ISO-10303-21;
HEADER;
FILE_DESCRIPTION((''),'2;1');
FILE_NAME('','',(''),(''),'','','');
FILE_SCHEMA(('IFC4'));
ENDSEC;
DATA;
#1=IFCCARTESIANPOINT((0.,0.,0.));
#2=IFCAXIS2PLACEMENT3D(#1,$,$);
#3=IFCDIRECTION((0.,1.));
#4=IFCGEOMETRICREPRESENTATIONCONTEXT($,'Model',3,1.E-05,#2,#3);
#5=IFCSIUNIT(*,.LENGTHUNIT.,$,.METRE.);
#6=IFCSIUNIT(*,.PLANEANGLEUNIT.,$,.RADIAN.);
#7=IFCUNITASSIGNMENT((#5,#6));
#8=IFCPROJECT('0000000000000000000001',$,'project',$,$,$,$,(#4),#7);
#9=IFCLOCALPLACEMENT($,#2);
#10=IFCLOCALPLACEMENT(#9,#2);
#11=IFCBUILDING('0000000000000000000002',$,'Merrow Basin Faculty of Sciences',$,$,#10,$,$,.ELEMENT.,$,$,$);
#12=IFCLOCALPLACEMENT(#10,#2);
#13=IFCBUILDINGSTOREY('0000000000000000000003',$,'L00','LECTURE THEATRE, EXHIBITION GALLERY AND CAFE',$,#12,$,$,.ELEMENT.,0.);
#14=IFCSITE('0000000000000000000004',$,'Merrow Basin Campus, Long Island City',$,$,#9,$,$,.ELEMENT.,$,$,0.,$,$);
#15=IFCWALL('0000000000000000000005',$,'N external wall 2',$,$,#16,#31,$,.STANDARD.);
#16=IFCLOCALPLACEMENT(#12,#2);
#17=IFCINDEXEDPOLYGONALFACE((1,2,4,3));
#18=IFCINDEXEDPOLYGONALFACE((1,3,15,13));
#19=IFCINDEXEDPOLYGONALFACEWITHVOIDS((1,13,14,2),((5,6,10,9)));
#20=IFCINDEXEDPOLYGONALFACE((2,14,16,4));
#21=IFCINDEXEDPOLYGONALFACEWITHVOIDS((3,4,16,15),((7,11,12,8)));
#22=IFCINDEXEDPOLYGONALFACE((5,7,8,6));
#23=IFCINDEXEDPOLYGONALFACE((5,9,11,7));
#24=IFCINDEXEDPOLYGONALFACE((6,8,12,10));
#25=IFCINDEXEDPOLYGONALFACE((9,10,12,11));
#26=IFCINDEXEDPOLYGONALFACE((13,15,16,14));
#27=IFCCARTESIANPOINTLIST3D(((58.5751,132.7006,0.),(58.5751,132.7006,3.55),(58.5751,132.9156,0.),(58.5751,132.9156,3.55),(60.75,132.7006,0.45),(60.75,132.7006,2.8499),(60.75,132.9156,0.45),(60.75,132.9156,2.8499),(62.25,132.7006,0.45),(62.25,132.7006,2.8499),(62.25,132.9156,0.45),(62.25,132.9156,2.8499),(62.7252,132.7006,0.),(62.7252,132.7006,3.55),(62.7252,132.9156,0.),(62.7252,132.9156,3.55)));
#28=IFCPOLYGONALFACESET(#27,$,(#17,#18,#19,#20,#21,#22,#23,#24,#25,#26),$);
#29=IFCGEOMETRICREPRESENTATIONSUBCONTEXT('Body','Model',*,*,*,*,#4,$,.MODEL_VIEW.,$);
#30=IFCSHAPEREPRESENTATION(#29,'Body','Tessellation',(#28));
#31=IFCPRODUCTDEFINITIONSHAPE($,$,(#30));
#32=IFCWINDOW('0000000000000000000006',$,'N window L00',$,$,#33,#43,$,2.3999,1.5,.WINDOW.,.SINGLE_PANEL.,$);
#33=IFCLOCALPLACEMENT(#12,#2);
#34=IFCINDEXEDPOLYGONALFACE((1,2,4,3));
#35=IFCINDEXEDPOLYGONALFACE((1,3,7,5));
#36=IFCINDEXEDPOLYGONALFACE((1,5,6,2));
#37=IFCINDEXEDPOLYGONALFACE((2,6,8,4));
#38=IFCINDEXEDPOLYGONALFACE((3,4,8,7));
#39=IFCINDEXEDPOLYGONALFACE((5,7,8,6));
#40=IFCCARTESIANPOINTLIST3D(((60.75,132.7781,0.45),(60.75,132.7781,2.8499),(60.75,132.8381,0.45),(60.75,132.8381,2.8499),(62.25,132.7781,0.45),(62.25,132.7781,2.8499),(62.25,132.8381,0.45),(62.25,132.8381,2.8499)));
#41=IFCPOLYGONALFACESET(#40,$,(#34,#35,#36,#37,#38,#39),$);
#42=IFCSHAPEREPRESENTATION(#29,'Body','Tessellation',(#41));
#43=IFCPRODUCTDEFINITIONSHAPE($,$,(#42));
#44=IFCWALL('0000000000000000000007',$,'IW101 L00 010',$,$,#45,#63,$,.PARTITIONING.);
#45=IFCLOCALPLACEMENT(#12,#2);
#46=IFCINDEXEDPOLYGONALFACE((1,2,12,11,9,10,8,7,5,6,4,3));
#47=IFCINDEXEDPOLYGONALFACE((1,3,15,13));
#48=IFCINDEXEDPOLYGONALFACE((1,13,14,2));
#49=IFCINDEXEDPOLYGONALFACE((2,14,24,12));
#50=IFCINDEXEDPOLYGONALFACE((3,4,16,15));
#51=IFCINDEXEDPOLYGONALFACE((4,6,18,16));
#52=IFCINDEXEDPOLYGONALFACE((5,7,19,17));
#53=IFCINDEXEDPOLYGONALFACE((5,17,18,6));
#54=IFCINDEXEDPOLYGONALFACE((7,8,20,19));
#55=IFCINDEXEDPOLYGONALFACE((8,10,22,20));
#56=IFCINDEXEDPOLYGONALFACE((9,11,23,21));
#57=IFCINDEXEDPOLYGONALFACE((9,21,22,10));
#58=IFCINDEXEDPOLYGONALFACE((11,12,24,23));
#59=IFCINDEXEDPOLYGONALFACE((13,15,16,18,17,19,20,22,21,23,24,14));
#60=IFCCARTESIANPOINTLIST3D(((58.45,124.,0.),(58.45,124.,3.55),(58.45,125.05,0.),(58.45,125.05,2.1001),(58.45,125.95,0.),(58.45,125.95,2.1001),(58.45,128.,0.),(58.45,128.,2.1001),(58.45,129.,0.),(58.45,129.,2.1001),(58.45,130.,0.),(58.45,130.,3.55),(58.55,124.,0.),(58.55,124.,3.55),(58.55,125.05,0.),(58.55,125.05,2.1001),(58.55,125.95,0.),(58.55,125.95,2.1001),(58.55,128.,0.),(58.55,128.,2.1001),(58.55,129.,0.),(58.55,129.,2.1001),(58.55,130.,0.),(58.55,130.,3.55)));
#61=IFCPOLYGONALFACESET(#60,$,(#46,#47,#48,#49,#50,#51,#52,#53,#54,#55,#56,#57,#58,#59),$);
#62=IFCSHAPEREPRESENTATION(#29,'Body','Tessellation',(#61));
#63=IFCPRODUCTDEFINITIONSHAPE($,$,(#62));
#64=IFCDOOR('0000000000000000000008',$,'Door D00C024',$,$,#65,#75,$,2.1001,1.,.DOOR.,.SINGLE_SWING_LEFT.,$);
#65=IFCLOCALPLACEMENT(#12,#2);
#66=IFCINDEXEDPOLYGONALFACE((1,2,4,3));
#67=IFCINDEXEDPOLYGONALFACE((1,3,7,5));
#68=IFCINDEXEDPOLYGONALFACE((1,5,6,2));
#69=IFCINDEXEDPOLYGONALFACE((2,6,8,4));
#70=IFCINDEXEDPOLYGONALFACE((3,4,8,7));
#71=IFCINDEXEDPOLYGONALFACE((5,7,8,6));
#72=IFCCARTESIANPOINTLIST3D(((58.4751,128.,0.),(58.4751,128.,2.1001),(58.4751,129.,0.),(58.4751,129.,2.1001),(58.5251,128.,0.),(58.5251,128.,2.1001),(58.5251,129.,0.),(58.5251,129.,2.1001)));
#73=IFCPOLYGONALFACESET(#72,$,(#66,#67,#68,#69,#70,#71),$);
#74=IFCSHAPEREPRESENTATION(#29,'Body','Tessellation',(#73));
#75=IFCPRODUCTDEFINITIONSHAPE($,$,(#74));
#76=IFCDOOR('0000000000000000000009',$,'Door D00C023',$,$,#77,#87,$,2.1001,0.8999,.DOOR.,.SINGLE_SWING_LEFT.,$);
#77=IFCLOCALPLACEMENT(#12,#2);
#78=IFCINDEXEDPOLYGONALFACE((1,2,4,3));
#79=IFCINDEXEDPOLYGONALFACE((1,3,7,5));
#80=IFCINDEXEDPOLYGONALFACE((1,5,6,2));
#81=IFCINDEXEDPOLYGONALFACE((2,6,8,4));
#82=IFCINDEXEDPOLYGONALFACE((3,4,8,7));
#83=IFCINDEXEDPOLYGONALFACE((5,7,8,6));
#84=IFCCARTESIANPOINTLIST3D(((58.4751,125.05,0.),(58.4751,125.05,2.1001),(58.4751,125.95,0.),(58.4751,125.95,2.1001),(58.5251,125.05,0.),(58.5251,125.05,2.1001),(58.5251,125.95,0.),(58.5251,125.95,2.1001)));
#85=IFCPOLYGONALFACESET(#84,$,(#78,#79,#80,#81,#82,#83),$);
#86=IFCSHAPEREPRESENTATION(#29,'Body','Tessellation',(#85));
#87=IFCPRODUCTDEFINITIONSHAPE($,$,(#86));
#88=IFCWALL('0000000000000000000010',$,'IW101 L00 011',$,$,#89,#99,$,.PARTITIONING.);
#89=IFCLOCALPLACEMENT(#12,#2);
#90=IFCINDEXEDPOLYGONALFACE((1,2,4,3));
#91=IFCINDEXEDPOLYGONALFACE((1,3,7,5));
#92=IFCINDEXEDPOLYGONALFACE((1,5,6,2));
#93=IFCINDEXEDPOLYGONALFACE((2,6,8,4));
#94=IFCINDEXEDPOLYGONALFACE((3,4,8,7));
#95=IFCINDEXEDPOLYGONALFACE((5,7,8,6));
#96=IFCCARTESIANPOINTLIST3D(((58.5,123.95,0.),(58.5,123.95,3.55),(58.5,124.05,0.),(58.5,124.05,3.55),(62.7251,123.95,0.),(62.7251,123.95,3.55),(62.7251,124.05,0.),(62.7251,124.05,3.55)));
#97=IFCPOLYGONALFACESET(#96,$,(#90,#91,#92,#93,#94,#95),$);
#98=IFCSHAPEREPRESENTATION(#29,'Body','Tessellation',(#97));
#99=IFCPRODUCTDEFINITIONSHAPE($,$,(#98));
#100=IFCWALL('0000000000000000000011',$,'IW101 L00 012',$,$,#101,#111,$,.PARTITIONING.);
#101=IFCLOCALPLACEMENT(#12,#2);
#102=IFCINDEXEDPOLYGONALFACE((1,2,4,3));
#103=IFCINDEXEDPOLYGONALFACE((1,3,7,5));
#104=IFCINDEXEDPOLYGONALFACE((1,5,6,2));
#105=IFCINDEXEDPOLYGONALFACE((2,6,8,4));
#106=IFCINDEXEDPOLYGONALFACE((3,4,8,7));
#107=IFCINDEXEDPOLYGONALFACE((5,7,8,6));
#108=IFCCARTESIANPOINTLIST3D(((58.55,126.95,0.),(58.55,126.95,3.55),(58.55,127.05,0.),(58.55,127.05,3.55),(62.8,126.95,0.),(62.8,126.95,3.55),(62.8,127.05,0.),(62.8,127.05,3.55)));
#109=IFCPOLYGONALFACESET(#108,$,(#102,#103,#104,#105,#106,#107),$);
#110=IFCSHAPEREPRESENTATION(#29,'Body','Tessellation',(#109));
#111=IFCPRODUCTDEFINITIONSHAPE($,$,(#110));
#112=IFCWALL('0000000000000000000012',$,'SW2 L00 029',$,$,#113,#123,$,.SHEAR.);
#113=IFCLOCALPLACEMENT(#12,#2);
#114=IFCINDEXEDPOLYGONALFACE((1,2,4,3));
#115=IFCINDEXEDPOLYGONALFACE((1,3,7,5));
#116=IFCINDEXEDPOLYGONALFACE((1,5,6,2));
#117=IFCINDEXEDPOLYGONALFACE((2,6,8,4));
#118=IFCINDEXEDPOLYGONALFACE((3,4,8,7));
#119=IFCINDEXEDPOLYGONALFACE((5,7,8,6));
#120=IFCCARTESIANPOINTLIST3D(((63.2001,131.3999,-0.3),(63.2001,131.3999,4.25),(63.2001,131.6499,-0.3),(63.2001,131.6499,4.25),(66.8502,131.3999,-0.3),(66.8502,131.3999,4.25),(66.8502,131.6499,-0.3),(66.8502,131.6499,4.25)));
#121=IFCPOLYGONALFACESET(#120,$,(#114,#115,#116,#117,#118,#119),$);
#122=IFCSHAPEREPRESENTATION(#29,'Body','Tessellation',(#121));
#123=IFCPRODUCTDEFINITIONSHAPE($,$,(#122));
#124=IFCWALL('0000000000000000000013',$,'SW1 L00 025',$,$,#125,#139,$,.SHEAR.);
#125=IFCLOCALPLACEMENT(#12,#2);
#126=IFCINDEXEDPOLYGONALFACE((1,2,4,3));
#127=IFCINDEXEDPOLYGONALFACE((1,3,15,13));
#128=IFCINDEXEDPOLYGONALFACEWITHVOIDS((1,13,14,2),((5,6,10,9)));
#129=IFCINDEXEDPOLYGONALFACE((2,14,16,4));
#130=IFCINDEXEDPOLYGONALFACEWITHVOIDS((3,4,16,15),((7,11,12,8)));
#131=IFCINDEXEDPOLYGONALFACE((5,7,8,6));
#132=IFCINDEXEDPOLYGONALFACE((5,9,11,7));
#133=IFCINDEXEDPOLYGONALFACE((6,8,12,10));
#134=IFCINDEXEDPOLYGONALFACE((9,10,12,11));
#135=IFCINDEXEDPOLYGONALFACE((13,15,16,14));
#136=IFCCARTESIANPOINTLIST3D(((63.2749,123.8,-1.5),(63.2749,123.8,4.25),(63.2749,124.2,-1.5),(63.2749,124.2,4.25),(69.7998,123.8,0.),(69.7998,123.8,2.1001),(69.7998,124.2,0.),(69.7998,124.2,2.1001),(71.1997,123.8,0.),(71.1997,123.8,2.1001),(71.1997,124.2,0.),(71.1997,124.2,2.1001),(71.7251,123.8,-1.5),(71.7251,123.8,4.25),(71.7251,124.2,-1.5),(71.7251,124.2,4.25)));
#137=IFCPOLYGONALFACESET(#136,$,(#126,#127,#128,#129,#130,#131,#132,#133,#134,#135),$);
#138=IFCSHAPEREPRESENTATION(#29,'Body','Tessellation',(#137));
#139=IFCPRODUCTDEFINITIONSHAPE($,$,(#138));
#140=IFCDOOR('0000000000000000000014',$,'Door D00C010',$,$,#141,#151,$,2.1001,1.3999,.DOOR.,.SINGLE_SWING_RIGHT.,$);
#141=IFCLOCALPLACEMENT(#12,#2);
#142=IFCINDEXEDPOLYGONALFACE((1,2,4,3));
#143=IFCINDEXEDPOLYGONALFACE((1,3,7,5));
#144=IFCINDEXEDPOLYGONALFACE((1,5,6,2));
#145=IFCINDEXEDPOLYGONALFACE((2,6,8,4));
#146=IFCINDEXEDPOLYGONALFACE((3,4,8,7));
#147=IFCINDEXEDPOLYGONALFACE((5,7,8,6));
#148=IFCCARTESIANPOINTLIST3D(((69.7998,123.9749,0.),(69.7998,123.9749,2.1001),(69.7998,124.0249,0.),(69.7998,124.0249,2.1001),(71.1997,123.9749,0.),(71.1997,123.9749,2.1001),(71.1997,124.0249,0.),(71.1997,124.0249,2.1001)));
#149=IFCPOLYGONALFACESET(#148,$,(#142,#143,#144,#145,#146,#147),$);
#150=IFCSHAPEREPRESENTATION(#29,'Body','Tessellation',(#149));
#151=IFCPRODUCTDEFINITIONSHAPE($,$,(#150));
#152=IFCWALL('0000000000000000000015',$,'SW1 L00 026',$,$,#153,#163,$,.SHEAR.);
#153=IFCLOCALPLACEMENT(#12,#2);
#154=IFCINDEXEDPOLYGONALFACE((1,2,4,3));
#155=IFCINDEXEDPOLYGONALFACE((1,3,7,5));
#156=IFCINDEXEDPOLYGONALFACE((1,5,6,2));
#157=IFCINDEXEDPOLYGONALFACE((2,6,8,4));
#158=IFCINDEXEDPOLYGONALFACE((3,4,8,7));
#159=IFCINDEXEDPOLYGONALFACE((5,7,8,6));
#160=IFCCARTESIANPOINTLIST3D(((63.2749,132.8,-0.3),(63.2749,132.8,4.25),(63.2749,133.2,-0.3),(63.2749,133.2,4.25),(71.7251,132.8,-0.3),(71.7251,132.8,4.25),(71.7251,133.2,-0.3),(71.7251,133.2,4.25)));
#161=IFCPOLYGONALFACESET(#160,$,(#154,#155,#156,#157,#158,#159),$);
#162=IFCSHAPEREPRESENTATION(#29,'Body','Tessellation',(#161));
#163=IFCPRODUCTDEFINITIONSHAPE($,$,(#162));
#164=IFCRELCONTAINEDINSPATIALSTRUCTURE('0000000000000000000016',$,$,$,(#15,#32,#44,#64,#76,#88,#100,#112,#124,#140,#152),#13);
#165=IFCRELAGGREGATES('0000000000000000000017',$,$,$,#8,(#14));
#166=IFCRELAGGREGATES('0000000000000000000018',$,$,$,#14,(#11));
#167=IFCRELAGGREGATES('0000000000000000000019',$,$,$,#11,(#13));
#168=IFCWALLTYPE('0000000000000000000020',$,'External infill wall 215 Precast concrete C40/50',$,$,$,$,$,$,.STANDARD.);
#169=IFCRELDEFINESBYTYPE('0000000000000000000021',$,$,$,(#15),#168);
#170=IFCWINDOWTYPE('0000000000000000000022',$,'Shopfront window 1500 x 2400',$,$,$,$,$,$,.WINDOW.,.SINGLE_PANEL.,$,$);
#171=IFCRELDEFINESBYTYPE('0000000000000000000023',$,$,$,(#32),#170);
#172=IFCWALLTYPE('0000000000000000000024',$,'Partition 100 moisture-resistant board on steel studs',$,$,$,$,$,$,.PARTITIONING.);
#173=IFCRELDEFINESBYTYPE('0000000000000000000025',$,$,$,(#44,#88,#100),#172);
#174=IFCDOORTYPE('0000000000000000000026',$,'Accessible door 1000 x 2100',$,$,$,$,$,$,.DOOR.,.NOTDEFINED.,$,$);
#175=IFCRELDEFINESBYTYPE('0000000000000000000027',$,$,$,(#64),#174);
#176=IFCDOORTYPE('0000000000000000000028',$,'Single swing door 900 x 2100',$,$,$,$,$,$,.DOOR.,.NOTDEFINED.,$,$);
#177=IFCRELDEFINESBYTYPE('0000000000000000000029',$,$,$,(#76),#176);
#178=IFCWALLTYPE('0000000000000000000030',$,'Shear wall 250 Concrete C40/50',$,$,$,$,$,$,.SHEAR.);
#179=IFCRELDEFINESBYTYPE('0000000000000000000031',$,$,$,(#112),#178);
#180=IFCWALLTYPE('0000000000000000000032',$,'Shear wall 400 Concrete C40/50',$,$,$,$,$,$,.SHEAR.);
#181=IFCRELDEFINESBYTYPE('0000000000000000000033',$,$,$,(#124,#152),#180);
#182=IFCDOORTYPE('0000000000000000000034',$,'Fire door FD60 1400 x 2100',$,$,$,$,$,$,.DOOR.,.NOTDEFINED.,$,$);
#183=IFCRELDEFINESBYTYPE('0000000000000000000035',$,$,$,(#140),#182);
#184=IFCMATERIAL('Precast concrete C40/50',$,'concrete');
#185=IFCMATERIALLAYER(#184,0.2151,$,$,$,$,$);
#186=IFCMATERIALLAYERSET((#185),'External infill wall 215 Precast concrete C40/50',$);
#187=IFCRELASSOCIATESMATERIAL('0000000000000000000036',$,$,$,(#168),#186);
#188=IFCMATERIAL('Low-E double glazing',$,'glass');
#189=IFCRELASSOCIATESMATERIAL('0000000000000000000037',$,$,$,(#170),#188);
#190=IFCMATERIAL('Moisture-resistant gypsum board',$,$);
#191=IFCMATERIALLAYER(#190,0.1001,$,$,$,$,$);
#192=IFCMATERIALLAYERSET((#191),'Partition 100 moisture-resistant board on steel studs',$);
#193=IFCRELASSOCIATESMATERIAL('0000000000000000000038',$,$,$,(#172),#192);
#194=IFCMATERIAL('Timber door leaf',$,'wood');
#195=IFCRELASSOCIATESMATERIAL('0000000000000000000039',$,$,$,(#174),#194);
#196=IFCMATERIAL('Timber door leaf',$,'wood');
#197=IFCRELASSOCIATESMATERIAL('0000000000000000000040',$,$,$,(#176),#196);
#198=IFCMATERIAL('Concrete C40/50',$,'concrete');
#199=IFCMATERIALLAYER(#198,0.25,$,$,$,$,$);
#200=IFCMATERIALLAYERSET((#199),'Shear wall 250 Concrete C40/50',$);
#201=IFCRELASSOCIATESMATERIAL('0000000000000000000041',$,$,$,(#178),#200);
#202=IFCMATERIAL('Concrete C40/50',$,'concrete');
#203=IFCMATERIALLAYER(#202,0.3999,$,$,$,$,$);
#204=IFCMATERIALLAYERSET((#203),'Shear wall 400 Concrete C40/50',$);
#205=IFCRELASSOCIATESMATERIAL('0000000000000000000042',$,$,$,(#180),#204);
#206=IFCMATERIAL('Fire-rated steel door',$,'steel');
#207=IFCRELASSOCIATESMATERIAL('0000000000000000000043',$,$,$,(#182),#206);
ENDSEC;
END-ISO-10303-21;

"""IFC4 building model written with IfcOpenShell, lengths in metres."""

from ifc_helpers import new_model, si_unit, direction, frame, frame_2d, origin, place, context, subcontext, project, spatial, rectangle, extrude, material, layer, layer_set, type_object, element, fill, save


model = new_model("IFC4")

# Units and contexts
model_context = context("Model", 3, precision=1e-05, world=origin(), true_north=direction((0.0, 1.0)))
body_context = subcontext(model_context, "Body", "Model", "MODEL_VIEW")
ifc_project = project(units=[si_unit("LENGTHUNIT", "METRE"), si_unit("PLANEANGLEUNIT", "RADIAN")], contexts=[model_context])

# Site, building, storey
site_placement = place(None, origin())
site = spatial("IfcSite", under=ifc_project, at=site_placement, Name="Merrow Basin Campus, Long Island City", CompositionType="ELEMENT", RefElevation=0.0)
building_placement = place(site_placement, origin())
building = spatial("IfcBuilding", under=site, at=building_placement, Name="Merrow Basin Faculty of Sciences", CompositionType="ELEMENT")
storey_placement = place(building_placement, origin())
storey = spatial("IfcBuildingStorey", under=building, at=storey_placement, Name="L00", Description="LECTURE THEATRE, EXHIBITION GALLERY AND CAFE", CompositionType="ELEMENT", Elevation=0.0)

# Wall, opening, window
ifc_material_1 = material(Name="Precast concrete C40/50", Category="concrete")
ifc_layer_1 = layer(ifc_material_1, 0.2151)
ifc_layer_set_1 = layer_set([ifc_layer_1], Name="External infill wall 215 Precast concrete C40/50")
wall_type_1 = type_object("IfcWallType", Name="External infill wall 215 Precast concrete C40/50", PredefinedType="STANDARD", material=ifc_layer_set_1)
wall_1_placement = place(storey_placement, frame((58.575, 132.8081, 0.0), z_axis=(0.0, 0.0, 1.0), x_axis=(1.0, 0.0, 0.0)))
wall_1 = element("IfcWall", 1, at=wall_1_placement, inside=storey, type_object=wall_type_1, Name="N external wall 2", PredefinedType="STANDARD", context=body_context, shape_type="SweptSolid", body=[
    extrude(rectangle(XDim=4.1501, YDim=0.2151, at=frame_2d((2.0752, 0.0))), origin(), (0.0, 0.0, 1.0), 3.55),
])
opening_1_placement = place(wall_1_placement, frame((2.175, 0.0, 0.45)))
opening_1 = element("IfcOpeningElement", 2, at=opening_1_placement, cuts=wall_1, PredefinedType="OPENING", context=body_context, shape_type="SweptSolid", body=[
    extrude(rectangle(XDim=1.5, YDim=2.3999, at=frame_2d((0.75, 1.2))), frame((0.0, 0.1174, 0.0), z_axis=(0.0, -1.0, 0.0), x_axis=(1.0, 0.0, 0.0)), (0.0, 0.0, 1.0), 0.2351),
])
ifc_material_2 = material(Name="Low-E double glazing", Category="glass")
window_type = type_object("IfcWindowType", Name="Shopfront window 1500 x 2400", PartitioningType="SINGLE_PANEL", PredefinedType="WINDOW", material=ifc_material_2)
window_placement = place(opening_1_placement, origin())
window = element("IfcWindow", 3, at=window_placement, inside=storey, type_object=window_type, Name="N window L00", OverallHeight=2.3999, OverallWidth=1.5, PartitioningType="SINGLE_PANEL", PredefinedType="WINDOW", context=body_context, shape_type="SweptSolid", body=[
    extrude(rectangle(XDim=1.5, YDim=2.3999, at=frame_2d((0.75, 1.2))), frame((0.0, 0.03, 0.0), z_axis=(0.0, -1.0, 0.0), x_axis=(1.0, 0.0, 0.0)), (0.0, 0.0, 1.0), 0.0601),
])
fill(opening_1, window)

# Wall, openings, doors
ifc_material_3 = material(Name="Moisture-resistant gypsum board")
ifc_layer_2 = layer(ifc_material_3, 0.1001)
ifc_layer_set_2 = layer_set([ifc_layer_2], Name="Partition 100 moisture-resistant board on steel studs")
wall_type_2 = type_object("IfcWallType", Name="Partition 100 moisture-resistant board on steel studs", PredefinedType="PARTITIONING", material=ifc_layer_set_2)
wall_2_placement = place(storey_placement, frame((58.5, 124.0, 0.0), z_axis=(0.0, 0.0, 1.0), x_axis=(0.0, 1.0, 0.0)))
wall_2 = element("IfcWall", 4, at=wall_2_placement, inside=storey, type_object=wall_type_2, Name="IW101 L00 010", PredefinedType="PARTITIONING", context=body_context, shape_type="SweptSolid", body=[
    extrude(rectangle(XDim=6.0, YDim=0.1001, at=frame_2d((3.0, 0.0))), origin(), (0.0, 0.0, 1.0), 3.55),
])
opening_2_placement = place(wall_2_placement, frame((1.05, 0.0, 0.0)))
opening_2 = element("IfcOpeningElement", 5, at=opening_2_placement, cuts=wall_2, PredefinedType="OPENING", context=body_context, shape_type="SweptSolid", body=[
    extrude(rectangle(XDim=0.8999, YDim=2.1001, at=frame_2d((0.45, 1.05))), frame((0.0, 0.0601, 0.0), z_axis=(0.0, -1.0, 0.0), x_axis=(1.0, 0.0, 0.0)), (0.0, 0.0, 1.0), 0.1201),
])
opening_3_placement = place(wall_2_placement, frame((4.0, 0.0, 0.0)))
opening_3 = element("IfcOpeningElement", 6, at=opening_3_placement, cuts=wall_2, PredefinedType="OPENING", context=body_context, shape_type="SweptSolid", body=[
    extrude(rectangle(XDim=1.0, YDim=2.1001, at=frame_2d((0.5, 1.05))), frame((0.0, 0.0601, 0.0), z_axis=(0.0, -1.0, 0.0), x_axis=(1.0, 0.0, 0.0)), (0.0, 0.0, 1.0), 0.1201),
])
ifc_material_4 = material(Name="Timber door leaf", Category="wood")
door_type_1 = type_object("IfcDoorType", Name="Accessible door 1000 x 2100", OperationType="NOTDEFINED", PredefinedType="DOOR", material=ifc_material_4)
door_1_placement = place(opening_3_placement, origin())
door_1 = element("IfcDoor", 7, at=door_1_placement, inside=storey, type_object=door_type_1, Name="Door D00C024", OperationType="SINGLE_SWING_LEFT", OverallHeight=2.1001, OverallWidth=1.0, PredefinedType="DOOR", context=body_context, shape_type="SweptSolid", body=[
    extrude(rectangle(XDim=1.0, YDim=2.1001, at=frame_2d((0.5, 1.05))), frame((0.0, 0.0249, 0.0), z_axis=(0.0, -1.0, 0.0), x_axis=(1.0, 0.0, 0.0)), (0.0, 0.0, 1.0), 0.05),
])
fill(opening_3, door_1)
ifc_material_5 = material(Name="Timber door leaf", Category="wood")
door_type_2 = type_object("IfcDoorType", Name="Single swing door 900 x 2100", OperationType="NOTDEFINED", PredefinedType="DOOR", material=ifc_material_5)
door_2_placement = place(opening_2_placement, origin())
door_2 = element("IfcDoor", 8, at=door_2_placement, inside=storey, type_object=door_type_2, Name="Door D00C023", OperationType="SINGLE_SWING_LEFT", OverallHeight=2.1001, OverallWidth=0.8999, PredefinedType="DOOR", context=body_context, shape_type="SweptSolid", body=[
    extrude(rectangle(XDim=0.8999, YDim=2.1001, at=frame_2d((0.45, 1.05))), frame((0.0, 0.0249, 0.0), z_axis=(0.0, -1.0, 0.0), x_axis=(1.0, 0.0, 0.0)), (0.0, 0.0, 1.0), 0.05),
])
fill(opening_2, door_2)

# Walls
wall_3_placement = place(storey_placement, frame((58.5, 124.0, 0.0), z_axis=(0.0, 0.0, 1.0), x_axis=(1.0, 0.0, 0.0)))
element("IfcWall", 9, at=wall_3_placement, inside=storey, type_object=wall_type_2, Name="IW101 L00 011", PredefinedType="PARTITIONING", context=body_context, shape_type="SweptSolid", body=[
    extrude(rectangle(XDim=4.2251, YDim=0.1001, at=frame_2d((2.1125, 0.0))), origin(), (0.0, 0.0, 1.0), 3.55),
])
wall_4_placement = place(storey_placement, frame((58.55, 127.0, 0.0), z_axis=(0.0, 0.0, 1.0), x_axis=(1.0, 0.0, 0.0)))
element("IfcWall", 10, at=wall_4_placement, inside=storey, type_object=wall_type_2, Name="IW101 L00 012", PredefinedType="PARTITIONING", context=body_context, shape_type="SweptSolid", body=[
    extrude(rectangle(XDim=4.25, YDim=0.1001, at=frame_2d((2.125, 0.0))), origin(), (0.0, 0.0, 1.0), 3.55),
])
ifc_material_6 = material(Name="Concrete C40/50", Category="concrete")
ifc_layer_3 = layer(ifc_material_6, 0.25)
ifc_layer_set_3 = layer_set([ifc_layer_3], Name="Shear wall 250 Concrete C40/50")
wall_type_3 = type_object("IfcWallType", Name="Shear wall 250 Concrete C40/50", PredefinedType="SHEAR", material=ifc_layer_set_3)
wall_5_placement = place(storey_placement, frame((63.2, 131.5249, -0.3), z_axis=(0.0, 0.0, 1.0), x_axis=(1.0, 0.0, 0.0)))
element("IfcWall", 11, at=wall_5_placement, inside=storey, type_object=wall_type_3, Name="SW2 L00 029", PredefinedType="SHEAR", context=body_context, shape_type="SweptSolid", body=[
    extrude(rectangle(XDim=3.6501, YDim=0.25, at=frame_2d((1.8252, 0.0))), origin(), (0.0, 0.0, 1.0), 4.55),
])

# Wall, opening, door
ifc_material_7 = material(Name="Concrete C40/50", Category="concrete")
ifc_layer_4 = layer(ifc_material_7, 0.3999)
ifc_layer_set_4 = layer_set([ifc_layer_4], Name="Shear wall 400 Concrete C40/50")
wall_type_4 = type_object("IfcWallType", Name="Shear wall 400 Concrete C40/50", PredefinedType="SHEAR", material=ifc_layer_set_4)
wall_6_placement = place(storey_placement, frame((63.2749, 124.0, -1.5), z_axis=(0.0, 0.0, 1.0), x_axis=(1.0, 0.0, 0.0)))
wall_6 = element("IfcWall", 12, at=wall_6_placement, inside=storey, type_object=wall_type_4, Name="SW1 L00 025", PredefinedType="SHEAR", context=body_context, shape_type="SweptSolid", body=[
    extrude(rectangle(XDim=8.4502, YDim=0.3999, at=frame_2d((4.2251, 0.0))), origin(), (0.0, 0.0, 1.0), 5.75),
])
opening_4_placement = place(wall_6_placement, frame((6.5249, 0.0, 1.5)))
opening_4 = element("IfcOpeningElement", 13, at=opening_4_placement, cuts=wall_6, PredefinedType="OPENING", context=body_context, shape_type="SweptSolid", body=[
    extrude(rectangle(XDim=1.3999, YDim=2.1001, at=frame_2d((0.7, 1.05))), frame((0.0, 0.21, 0.0), z_axis=(0.0, -1.0, 0.0), x_axis=(1.0, 0.0, 0.0)), (0.0, 0.0, 1.0), 0.4199),
])
ifc_material_8 = material(Name="Fire-rated steel door", Category="steel")
door_type_3 = type_object("IfcDoorType", Name="Fire door FD60 1400 x 2100", OperationType="NOTDEFINED", PredefinedType="DOOR", material=ifc_material_8)
door_3_placement = place(opening_4_placement, origin())
door_3 = element("IfcDoor", 14, at=door_3_placement, inside=storey, type_object=door_type_3, Name="Door D00C010", OperationType="SINGLE_SWING_RIGHT", OverallHeight=2.1001, OverallWidth=1.3999, PredefinedType="DOOR", context=body_context, shape_type="SweptSolid", body=[
    extrude(rectangle(XDim=1.3999, YDim=2.1001, at=frame_2d((0.7, 1.05))), frame((0.0, 0.0249, 0.0), z_axis=(0.0, -1.0, 0.0), x_axis=(1.0, 0.0, 0.0)), (0.0, 0.0, 1.0), 0.05),
])
fill(opening_4, door_3)

# Wall
for number, where, z_axis, x_axis, name in (
    (15, (63.2749, 133.0, -0.3), (0.0, 0.0, 1.0), (1.0, 0.0, 0.0), "SW1 L00 026"),
):
    element("IfcWall", number, at=place(storey_placement, frame(where, z_axis=z_axis, x_axis=x_axis)), inside=storey, type_object=wall_type_4, Name=name, PredefinedType="SHEAR", context=body_context, shape_type="SweptSolid", body=[
        extrude(rectangle(XDim=8.4502, YDim=0.3999, at=frame_2d((4.2251, 0.0))), origin(), (0.0, 0.0, 1.0), 4.55),
    ])

save(model, "model.ifc")
